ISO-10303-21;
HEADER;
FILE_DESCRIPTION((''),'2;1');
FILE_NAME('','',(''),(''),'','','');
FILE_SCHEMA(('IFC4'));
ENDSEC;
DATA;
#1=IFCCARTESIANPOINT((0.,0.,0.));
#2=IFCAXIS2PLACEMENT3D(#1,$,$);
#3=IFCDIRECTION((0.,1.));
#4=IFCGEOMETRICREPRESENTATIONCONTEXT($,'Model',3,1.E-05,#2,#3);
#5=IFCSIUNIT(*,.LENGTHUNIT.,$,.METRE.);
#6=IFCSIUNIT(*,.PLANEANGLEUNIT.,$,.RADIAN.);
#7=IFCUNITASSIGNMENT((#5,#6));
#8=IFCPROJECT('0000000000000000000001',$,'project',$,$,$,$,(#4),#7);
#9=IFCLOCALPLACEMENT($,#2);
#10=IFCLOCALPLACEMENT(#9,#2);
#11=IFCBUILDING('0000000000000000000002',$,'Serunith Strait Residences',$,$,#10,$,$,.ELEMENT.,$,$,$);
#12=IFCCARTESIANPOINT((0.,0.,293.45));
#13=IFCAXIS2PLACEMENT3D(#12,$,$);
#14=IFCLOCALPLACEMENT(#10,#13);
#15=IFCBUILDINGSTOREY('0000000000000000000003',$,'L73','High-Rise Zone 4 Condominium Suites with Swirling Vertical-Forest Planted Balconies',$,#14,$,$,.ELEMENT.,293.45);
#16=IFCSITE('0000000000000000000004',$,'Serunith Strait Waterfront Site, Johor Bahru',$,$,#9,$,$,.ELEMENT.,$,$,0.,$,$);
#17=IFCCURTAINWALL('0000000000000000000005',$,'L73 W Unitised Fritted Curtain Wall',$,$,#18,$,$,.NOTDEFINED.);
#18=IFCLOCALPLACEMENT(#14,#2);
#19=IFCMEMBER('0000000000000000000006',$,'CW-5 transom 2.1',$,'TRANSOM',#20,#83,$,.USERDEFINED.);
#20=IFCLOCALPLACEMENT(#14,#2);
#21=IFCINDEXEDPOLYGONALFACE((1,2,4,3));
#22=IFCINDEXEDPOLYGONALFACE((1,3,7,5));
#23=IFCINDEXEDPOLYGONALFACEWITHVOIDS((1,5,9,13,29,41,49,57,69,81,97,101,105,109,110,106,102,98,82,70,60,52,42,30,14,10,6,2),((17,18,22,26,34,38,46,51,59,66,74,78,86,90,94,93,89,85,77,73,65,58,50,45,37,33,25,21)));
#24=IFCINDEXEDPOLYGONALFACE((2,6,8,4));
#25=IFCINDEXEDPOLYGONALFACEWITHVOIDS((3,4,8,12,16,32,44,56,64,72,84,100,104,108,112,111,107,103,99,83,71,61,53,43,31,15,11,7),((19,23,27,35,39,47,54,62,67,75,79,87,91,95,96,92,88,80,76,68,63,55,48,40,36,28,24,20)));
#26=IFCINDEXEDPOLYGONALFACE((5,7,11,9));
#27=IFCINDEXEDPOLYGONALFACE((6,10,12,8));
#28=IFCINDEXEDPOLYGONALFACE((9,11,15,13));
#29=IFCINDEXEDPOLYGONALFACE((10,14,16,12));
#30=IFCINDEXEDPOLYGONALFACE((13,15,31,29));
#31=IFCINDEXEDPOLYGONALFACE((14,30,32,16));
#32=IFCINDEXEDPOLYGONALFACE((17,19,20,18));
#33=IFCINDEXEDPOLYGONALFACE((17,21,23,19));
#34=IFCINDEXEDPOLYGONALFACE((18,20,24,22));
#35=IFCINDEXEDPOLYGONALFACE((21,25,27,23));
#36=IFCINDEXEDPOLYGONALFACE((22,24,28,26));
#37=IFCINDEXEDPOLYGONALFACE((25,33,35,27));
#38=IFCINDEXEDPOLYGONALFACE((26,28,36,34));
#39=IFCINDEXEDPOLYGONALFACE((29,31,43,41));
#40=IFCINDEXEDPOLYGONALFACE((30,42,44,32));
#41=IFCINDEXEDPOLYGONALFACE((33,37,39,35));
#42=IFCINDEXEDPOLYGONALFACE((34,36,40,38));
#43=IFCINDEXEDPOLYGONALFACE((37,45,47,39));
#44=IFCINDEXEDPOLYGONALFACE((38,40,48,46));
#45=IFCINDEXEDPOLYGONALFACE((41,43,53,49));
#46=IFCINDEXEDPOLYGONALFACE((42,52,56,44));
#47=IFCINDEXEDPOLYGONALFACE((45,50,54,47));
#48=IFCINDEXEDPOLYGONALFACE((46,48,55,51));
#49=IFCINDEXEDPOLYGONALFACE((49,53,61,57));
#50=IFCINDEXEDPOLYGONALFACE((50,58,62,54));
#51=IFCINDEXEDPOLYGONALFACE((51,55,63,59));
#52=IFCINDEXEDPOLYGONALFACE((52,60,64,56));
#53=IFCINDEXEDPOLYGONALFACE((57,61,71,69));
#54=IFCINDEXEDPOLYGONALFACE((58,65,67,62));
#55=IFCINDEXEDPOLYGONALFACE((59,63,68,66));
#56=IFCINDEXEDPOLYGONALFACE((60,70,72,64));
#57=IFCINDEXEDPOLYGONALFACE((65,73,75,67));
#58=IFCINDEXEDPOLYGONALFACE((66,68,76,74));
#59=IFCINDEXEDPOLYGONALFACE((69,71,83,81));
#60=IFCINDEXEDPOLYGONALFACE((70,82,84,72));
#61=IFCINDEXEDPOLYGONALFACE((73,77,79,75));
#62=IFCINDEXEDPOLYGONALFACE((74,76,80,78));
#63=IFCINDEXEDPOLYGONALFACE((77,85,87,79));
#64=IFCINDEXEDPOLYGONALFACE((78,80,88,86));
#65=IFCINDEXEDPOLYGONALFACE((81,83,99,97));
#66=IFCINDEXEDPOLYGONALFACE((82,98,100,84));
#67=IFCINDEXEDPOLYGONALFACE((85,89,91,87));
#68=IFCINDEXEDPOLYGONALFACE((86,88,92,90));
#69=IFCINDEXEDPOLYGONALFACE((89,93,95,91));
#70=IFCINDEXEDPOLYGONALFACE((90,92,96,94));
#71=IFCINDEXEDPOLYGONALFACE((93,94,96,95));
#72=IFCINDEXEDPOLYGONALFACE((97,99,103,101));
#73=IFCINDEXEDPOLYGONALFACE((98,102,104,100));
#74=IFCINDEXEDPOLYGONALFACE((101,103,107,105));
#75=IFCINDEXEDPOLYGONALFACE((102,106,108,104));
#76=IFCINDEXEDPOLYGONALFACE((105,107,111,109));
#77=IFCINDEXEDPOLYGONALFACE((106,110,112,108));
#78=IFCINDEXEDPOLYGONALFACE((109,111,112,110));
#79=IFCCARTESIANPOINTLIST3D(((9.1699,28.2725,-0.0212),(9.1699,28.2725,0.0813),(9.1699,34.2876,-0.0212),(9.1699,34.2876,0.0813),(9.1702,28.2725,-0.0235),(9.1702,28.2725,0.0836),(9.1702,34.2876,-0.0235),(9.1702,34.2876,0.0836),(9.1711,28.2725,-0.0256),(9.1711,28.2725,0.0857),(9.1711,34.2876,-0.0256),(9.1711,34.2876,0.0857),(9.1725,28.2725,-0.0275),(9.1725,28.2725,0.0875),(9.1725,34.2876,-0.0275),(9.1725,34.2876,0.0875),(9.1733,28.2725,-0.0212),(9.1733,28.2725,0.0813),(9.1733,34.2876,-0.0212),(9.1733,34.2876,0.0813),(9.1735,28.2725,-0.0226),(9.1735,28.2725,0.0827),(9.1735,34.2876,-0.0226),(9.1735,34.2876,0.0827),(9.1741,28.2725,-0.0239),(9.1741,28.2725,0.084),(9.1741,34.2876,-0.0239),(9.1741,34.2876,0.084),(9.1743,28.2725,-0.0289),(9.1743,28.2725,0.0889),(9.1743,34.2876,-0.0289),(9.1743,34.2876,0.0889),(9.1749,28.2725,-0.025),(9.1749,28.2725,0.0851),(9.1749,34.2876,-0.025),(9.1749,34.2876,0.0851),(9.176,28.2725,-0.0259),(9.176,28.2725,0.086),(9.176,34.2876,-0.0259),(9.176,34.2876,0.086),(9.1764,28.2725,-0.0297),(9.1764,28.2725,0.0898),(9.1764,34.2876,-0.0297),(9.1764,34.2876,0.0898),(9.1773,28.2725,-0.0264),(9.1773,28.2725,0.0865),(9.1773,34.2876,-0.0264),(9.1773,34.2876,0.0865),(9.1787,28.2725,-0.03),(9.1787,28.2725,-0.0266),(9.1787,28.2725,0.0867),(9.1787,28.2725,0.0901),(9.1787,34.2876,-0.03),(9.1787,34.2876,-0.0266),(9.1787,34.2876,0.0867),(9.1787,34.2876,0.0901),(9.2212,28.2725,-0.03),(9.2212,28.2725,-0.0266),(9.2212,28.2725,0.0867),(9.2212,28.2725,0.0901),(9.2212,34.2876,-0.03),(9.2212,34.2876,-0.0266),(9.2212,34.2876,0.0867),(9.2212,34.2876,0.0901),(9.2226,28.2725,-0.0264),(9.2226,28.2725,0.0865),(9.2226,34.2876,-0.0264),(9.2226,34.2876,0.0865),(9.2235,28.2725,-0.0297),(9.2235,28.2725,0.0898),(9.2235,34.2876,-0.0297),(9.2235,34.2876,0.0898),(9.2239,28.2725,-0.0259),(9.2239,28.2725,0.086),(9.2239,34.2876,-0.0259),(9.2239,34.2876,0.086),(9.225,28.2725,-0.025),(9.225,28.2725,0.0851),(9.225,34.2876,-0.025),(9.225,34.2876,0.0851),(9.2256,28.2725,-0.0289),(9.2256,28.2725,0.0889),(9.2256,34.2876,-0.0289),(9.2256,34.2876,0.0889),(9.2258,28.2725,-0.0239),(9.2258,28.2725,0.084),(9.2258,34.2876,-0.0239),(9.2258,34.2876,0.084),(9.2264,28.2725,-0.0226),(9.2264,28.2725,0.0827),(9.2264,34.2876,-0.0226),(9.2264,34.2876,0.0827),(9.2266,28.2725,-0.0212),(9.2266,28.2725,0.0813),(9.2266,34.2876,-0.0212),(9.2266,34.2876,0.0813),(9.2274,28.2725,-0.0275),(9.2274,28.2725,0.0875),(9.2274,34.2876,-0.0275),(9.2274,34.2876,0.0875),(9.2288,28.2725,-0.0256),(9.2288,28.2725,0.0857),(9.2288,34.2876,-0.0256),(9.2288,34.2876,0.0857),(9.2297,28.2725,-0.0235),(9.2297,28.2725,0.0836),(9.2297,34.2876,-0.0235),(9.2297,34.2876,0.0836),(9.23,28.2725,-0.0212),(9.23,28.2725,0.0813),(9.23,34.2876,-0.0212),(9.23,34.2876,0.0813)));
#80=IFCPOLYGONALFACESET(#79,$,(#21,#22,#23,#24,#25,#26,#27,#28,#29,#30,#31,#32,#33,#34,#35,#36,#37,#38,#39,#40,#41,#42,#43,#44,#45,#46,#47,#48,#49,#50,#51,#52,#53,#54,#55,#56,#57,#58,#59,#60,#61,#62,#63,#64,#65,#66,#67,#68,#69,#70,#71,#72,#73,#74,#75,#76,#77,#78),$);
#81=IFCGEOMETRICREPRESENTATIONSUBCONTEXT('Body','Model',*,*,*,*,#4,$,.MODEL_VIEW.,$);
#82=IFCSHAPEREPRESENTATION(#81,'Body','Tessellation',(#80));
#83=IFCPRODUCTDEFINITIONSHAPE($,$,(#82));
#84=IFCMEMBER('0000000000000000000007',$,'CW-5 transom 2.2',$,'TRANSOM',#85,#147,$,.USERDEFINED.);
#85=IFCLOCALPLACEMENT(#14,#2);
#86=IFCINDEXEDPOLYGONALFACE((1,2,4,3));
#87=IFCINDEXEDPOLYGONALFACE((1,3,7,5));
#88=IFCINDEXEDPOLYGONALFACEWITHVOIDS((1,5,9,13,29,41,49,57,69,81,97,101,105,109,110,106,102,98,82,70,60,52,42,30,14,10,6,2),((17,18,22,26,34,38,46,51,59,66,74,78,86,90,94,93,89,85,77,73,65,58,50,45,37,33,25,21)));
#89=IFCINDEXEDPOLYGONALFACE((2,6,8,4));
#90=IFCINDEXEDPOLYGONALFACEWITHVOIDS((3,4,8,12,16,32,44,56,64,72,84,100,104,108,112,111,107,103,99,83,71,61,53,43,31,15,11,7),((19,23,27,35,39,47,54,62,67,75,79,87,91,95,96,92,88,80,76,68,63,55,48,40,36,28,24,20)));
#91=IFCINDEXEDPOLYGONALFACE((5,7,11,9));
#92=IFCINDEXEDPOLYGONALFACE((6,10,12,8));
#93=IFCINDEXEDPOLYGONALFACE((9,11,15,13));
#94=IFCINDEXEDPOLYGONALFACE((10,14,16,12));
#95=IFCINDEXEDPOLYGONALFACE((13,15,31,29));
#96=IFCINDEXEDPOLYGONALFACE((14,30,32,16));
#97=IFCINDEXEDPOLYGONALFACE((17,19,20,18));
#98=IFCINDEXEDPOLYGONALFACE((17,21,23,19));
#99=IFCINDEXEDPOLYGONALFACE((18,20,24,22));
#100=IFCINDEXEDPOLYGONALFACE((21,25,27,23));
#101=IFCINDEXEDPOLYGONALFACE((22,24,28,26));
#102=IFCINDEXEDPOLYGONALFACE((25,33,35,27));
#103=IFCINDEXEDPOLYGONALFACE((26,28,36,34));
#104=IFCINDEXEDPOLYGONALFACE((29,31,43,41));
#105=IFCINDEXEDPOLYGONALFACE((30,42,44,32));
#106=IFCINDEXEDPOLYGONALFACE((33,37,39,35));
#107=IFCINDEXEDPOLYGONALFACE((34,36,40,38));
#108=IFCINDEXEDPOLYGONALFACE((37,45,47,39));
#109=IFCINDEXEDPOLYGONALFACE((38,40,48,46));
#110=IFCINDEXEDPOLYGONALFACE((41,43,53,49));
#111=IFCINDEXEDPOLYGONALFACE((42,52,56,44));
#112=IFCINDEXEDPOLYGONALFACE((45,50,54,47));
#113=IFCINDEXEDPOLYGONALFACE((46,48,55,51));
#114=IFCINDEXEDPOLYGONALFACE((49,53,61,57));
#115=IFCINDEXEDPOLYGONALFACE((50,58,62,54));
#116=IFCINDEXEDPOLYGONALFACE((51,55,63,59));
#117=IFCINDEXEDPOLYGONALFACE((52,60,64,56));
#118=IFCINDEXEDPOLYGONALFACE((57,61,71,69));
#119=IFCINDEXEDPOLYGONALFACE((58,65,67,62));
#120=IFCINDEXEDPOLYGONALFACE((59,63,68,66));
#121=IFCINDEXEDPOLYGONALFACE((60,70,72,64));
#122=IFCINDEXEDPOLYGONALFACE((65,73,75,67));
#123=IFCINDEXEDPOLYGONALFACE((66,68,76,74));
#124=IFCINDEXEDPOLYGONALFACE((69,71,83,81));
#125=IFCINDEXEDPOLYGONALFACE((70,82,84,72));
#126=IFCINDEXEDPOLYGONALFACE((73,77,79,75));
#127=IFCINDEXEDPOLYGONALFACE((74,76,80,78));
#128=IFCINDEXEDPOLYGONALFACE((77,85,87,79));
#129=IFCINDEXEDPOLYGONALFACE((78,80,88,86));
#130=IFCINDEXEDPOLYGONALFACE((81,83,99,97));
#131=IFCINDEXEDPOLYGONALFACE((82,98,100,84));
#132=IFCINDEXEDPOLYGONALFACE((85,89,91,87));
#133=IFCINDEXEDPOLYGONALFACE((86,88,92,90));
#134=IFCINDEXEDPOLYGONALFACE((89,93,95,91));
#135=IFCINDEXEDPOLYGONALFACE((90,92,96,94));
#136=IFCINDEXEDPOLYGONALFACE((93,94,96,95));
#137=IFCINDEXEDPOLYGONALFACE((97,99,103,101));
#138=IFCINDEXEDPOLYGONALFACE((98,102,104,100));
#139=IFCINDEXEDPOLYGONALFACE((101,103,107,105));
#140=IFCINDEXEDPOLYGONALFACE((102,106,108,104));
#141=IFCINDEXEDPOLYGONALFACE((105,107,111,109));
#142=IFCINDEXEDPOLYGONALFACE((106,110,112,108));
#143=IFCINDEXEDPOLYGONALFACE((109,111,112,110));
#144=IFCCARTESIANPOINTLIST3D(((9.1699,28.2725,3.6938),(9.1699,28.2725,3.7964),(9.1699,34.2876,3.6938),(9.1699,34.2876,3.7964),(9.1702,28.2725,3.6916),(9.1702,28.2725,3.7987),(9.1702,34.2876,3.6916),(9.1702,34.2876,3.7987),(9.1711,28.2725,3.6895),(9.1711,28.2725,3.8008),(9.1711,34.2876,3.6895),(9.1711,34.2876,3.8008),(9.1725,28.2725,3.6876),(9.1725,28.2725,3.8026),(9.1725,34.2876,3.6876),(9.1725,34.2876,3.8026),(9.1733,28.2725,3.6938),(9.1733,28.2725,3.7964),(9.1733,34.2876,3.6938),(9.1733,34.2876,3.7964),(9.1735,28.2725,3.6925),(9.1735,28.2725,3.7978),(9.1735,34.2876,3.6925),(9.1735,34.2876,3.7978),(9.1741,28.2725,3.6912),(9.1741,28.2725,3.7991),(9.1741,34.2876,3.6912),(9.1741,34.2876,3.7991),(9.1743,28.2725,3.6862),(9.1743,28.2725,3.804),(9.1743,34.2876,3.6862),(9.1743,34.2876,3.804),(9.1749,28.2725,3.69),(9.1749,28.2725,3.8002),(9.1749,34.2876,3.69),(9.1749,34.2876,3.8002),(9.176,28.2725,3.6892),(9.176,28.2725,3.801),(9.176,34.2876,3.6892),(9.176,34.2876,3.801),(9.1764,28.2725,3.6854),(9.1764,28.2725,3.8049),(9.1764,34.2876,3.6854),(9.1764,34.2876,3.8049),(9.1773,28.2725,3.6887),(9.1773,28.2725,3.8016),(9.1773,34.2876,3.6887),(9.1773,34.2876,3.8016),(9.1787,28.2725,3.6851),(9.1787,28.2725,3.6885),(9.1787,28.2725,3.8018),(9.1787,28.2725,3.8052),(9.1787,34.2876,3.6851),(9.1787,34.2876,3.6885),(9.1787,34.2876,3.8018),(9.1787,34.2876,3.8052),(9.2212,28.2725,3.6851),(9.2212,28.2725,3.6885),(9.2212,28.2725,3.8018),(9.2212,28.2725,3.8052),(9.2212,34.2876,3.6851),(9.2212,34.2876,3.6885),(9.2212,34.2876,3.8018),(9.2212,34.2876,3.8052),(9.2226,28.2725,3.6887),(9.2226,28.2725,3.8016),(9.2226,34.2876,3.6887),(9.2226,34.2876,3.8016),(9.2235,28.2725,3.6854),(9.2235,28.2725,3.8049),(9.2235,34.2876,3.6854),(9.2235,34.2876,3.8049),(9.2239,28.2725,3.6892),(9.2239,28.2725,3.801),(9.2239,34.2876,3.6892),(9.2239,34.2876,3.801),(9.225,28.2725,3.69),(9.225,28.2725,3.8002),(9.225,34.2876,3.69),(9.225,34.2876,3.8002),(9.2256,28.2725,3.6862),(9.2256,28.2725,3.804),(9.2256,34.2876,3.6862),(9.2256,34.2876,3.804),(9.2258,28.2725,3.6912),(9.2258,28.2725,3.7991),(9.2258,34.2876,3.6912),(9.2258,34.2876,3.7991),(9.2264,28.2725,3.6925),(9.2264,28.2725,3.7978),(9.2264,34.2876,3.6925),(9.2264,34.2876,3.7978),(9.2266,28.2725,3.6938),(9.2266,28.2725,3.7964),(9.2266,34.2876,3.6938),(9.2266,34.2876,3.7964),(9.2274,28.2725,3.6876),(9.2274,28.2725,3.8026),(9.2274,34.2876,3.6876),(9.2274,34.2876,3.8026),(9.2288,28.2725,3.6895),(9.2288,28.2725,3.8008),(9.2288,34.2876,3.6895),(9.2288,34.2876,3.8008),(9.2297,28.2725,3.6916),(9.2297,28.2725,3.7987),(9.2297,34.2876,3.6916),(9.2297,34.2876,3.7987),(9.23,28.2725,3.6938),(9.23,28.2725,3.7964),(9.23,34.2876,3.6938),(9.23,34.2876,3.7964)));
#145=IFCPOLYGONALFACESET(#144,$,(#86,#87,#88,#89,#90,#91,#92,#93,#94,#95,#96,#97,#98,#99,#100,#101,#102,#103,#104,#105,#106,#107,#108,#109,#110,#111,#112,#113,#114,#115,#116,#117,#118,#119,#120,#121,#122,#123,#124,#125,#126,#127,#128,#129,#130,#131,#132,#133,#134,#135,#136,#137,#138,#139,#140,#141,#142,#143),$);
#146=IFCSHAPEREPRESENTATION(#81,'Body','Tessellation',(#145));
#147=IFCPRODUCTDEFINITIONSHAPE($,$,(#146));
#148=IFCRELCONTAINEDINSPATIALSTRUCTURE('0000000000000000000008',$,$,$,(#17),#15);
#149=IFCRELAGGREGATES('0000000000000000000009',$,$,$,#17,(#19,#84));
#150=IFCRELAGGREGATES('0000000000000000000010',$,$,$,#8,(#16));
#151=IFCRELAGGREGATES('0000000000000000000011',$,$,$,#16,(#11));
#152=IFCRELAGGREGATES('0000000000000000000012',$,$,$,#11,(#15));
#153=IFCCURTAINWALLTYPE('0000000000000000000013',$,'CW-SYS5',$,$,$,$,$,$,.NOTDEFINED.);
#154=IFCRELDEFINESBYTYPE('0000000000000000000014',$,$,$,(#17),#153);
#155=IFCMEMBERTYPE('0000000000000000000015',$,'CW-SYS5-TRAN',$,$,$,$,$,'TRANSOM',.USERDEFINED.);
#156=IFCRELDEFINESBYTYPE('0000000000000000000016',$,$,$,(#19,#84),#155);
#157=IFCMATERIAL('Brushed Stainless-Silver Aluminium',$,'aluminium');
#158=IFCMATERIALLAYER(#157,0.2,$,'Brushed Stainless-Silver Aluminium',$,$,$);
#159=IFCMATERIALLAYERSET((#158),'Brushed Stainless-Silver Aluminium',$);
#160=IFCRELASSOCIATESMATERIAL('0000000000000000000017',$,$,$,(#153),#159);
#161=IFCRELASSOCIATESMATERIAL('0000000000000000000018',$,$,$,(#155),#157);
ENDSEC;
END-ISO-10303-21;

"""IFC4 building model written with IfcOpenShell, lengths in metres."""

from ifc_helpers import new_model, si_unit, direction, frame, origin, origin_2d, place, context, subcontext, project, spatial, hollow_rectangle, extrude, source, transform, mapped, material, layer, layer_set, material_profile, profile_set, type_object, element, aggregate, save


model = new_model("IFC4")

# Units and contexts
model_context = context("Model", 3, precision=1e-05, world=origin(), true_north=direction((0.0, 1.0)))
body_context = subcontext(model_context, "Body", "Model", "MODEL_VIEW")
ifc_project = project(units=[si_unit("LENGTHUNIT", "METRE"), si_unit("PLANEANGLEUNIT", "RADIAN")], contexts=[model_context])

# Site, building, storey
site_placement = place(None, origin())
site = spatial("IfcSite", under=ifc_project, at=site_placement, Name="Serunith Strait Waterfront Site, Johor Bahru", CompositionType="ELEMENT", RefElevation=0.0)
building_placement = place(site_placement, origin())
building = spatial("IfcBuilding", under=site, at=building_placement, Name="Serunith Strait Residences", CompositionType="ELEMENT")
storey_placement = place(building_placement, frame((0.0, 0.0, 293.45)))
storey = spatial("IfcBuildingStorey", under=building, at=storey_placement, Name="L73", Description="High-Rise Zone 4 Condominium Suites with Swirling Vertical-Forest Planted Balconies", CompositionType="ELEMENT", Elevation=293.45)

# Curtain wall, members
ifc_material_1 = material(Name="Brushed Stainless-Silver Aluminium", Category="aluminium")
ifc_layer_1 = layer(ifc_material_1, 0.2, Name="Brushed Stainless-Silver Aluminium")
ifc_layer_set_1 = layer_set([ifc_layer_1], Name="Brushed Stainless-Silver Aluminium")
curtain_wall_type = type_object("IfcCurtainWallType", Name="CW-SYS5", PredefinedType="NOTDEFINED", material=ifc_layer_set_1)
curtain_wall_placement = place(storey_placement, origin())
curtain_wall = element("IfcCurtainWall", 1, at=curtain_wall_placement, inside=storey, type_object=curtain_wall_type, Name="L73 W Unitised Fritted Curtain Wall", PredefinedType="NOTDEFINED")
ifc_material_profile_1 = material_profile(ifc_material_1, hollow_rectangle(XDim=0.0601, YDim=0.1201, WallThickness=0.0034, InnerFilletRadius=0.0054, OuterFilletRadius=0.0088, at=origin_2d()), Name="ALU 120x60x3.5")
ifc_profile_set_1 = profile_set([ifc_material_profile_1], Name="Brushed Stainless-Silver Aluminium")
member_type_1 = type_object("IfcMemberType", Name="CW-SYS5-TRAN", ElementType="TRANSOM", PredefinedType="USERDEFINED", material=ifc_profile_set_1)
shared_shape_1 = source(origin(), body_context, "Body", "SweptSolid", [
    extrude(hollow_rectangle(XDim=0.0601, YDim=0.1201, WallThickness=0.0034, InnerFilletRadius=0.0054, OuterFilletRadius=0.0088, at=origin_2d()), origin(), (0.0, 0.0, 1.0), 6.0151),
])
member_1_placement = place(storey_placement, frame((9.2, 34.2876, 0.03), z_axis=(0.0, -1.0, 0.0), x_axis=(1.0, 0.0, 0.0)))
member_1 = element("IfcMember", 2, at=member_1_placement, type_object=member_type_1, Name="CW-5 transom 2.1", ObjectType="TRANSOM", PredefinedType="USERDEFINED", context=body_context, shape_type="MappedRepresentation", body=[
    mapped(shared_shape_1, transform((0.0, 0.0, 0.0), scale=1.0)),
])
member_2_placement = place(storey_placement, frame((9.2, 34.2876, 3.7451), z_axis=(0.0, -1.0, 0.0), x_axis=(1.0, 0.0, 0.0)))
member_2 = element("IfcMember", 3, at=member_2_placement, type_object=member_type_1, Name="CW-5 transom 2.2", ObjectType="TRANSOM", PredefinedType="USERDEFINED", context=body_context, shape_type="MappedRepresentation", body=[
    mapped(shared_shape_1, transform((0.0, 0.0, 0.0), scale=1.0)),
])
aggregate(curtain_wall, [member_1, member_2])

save(model, "model.ifc")
